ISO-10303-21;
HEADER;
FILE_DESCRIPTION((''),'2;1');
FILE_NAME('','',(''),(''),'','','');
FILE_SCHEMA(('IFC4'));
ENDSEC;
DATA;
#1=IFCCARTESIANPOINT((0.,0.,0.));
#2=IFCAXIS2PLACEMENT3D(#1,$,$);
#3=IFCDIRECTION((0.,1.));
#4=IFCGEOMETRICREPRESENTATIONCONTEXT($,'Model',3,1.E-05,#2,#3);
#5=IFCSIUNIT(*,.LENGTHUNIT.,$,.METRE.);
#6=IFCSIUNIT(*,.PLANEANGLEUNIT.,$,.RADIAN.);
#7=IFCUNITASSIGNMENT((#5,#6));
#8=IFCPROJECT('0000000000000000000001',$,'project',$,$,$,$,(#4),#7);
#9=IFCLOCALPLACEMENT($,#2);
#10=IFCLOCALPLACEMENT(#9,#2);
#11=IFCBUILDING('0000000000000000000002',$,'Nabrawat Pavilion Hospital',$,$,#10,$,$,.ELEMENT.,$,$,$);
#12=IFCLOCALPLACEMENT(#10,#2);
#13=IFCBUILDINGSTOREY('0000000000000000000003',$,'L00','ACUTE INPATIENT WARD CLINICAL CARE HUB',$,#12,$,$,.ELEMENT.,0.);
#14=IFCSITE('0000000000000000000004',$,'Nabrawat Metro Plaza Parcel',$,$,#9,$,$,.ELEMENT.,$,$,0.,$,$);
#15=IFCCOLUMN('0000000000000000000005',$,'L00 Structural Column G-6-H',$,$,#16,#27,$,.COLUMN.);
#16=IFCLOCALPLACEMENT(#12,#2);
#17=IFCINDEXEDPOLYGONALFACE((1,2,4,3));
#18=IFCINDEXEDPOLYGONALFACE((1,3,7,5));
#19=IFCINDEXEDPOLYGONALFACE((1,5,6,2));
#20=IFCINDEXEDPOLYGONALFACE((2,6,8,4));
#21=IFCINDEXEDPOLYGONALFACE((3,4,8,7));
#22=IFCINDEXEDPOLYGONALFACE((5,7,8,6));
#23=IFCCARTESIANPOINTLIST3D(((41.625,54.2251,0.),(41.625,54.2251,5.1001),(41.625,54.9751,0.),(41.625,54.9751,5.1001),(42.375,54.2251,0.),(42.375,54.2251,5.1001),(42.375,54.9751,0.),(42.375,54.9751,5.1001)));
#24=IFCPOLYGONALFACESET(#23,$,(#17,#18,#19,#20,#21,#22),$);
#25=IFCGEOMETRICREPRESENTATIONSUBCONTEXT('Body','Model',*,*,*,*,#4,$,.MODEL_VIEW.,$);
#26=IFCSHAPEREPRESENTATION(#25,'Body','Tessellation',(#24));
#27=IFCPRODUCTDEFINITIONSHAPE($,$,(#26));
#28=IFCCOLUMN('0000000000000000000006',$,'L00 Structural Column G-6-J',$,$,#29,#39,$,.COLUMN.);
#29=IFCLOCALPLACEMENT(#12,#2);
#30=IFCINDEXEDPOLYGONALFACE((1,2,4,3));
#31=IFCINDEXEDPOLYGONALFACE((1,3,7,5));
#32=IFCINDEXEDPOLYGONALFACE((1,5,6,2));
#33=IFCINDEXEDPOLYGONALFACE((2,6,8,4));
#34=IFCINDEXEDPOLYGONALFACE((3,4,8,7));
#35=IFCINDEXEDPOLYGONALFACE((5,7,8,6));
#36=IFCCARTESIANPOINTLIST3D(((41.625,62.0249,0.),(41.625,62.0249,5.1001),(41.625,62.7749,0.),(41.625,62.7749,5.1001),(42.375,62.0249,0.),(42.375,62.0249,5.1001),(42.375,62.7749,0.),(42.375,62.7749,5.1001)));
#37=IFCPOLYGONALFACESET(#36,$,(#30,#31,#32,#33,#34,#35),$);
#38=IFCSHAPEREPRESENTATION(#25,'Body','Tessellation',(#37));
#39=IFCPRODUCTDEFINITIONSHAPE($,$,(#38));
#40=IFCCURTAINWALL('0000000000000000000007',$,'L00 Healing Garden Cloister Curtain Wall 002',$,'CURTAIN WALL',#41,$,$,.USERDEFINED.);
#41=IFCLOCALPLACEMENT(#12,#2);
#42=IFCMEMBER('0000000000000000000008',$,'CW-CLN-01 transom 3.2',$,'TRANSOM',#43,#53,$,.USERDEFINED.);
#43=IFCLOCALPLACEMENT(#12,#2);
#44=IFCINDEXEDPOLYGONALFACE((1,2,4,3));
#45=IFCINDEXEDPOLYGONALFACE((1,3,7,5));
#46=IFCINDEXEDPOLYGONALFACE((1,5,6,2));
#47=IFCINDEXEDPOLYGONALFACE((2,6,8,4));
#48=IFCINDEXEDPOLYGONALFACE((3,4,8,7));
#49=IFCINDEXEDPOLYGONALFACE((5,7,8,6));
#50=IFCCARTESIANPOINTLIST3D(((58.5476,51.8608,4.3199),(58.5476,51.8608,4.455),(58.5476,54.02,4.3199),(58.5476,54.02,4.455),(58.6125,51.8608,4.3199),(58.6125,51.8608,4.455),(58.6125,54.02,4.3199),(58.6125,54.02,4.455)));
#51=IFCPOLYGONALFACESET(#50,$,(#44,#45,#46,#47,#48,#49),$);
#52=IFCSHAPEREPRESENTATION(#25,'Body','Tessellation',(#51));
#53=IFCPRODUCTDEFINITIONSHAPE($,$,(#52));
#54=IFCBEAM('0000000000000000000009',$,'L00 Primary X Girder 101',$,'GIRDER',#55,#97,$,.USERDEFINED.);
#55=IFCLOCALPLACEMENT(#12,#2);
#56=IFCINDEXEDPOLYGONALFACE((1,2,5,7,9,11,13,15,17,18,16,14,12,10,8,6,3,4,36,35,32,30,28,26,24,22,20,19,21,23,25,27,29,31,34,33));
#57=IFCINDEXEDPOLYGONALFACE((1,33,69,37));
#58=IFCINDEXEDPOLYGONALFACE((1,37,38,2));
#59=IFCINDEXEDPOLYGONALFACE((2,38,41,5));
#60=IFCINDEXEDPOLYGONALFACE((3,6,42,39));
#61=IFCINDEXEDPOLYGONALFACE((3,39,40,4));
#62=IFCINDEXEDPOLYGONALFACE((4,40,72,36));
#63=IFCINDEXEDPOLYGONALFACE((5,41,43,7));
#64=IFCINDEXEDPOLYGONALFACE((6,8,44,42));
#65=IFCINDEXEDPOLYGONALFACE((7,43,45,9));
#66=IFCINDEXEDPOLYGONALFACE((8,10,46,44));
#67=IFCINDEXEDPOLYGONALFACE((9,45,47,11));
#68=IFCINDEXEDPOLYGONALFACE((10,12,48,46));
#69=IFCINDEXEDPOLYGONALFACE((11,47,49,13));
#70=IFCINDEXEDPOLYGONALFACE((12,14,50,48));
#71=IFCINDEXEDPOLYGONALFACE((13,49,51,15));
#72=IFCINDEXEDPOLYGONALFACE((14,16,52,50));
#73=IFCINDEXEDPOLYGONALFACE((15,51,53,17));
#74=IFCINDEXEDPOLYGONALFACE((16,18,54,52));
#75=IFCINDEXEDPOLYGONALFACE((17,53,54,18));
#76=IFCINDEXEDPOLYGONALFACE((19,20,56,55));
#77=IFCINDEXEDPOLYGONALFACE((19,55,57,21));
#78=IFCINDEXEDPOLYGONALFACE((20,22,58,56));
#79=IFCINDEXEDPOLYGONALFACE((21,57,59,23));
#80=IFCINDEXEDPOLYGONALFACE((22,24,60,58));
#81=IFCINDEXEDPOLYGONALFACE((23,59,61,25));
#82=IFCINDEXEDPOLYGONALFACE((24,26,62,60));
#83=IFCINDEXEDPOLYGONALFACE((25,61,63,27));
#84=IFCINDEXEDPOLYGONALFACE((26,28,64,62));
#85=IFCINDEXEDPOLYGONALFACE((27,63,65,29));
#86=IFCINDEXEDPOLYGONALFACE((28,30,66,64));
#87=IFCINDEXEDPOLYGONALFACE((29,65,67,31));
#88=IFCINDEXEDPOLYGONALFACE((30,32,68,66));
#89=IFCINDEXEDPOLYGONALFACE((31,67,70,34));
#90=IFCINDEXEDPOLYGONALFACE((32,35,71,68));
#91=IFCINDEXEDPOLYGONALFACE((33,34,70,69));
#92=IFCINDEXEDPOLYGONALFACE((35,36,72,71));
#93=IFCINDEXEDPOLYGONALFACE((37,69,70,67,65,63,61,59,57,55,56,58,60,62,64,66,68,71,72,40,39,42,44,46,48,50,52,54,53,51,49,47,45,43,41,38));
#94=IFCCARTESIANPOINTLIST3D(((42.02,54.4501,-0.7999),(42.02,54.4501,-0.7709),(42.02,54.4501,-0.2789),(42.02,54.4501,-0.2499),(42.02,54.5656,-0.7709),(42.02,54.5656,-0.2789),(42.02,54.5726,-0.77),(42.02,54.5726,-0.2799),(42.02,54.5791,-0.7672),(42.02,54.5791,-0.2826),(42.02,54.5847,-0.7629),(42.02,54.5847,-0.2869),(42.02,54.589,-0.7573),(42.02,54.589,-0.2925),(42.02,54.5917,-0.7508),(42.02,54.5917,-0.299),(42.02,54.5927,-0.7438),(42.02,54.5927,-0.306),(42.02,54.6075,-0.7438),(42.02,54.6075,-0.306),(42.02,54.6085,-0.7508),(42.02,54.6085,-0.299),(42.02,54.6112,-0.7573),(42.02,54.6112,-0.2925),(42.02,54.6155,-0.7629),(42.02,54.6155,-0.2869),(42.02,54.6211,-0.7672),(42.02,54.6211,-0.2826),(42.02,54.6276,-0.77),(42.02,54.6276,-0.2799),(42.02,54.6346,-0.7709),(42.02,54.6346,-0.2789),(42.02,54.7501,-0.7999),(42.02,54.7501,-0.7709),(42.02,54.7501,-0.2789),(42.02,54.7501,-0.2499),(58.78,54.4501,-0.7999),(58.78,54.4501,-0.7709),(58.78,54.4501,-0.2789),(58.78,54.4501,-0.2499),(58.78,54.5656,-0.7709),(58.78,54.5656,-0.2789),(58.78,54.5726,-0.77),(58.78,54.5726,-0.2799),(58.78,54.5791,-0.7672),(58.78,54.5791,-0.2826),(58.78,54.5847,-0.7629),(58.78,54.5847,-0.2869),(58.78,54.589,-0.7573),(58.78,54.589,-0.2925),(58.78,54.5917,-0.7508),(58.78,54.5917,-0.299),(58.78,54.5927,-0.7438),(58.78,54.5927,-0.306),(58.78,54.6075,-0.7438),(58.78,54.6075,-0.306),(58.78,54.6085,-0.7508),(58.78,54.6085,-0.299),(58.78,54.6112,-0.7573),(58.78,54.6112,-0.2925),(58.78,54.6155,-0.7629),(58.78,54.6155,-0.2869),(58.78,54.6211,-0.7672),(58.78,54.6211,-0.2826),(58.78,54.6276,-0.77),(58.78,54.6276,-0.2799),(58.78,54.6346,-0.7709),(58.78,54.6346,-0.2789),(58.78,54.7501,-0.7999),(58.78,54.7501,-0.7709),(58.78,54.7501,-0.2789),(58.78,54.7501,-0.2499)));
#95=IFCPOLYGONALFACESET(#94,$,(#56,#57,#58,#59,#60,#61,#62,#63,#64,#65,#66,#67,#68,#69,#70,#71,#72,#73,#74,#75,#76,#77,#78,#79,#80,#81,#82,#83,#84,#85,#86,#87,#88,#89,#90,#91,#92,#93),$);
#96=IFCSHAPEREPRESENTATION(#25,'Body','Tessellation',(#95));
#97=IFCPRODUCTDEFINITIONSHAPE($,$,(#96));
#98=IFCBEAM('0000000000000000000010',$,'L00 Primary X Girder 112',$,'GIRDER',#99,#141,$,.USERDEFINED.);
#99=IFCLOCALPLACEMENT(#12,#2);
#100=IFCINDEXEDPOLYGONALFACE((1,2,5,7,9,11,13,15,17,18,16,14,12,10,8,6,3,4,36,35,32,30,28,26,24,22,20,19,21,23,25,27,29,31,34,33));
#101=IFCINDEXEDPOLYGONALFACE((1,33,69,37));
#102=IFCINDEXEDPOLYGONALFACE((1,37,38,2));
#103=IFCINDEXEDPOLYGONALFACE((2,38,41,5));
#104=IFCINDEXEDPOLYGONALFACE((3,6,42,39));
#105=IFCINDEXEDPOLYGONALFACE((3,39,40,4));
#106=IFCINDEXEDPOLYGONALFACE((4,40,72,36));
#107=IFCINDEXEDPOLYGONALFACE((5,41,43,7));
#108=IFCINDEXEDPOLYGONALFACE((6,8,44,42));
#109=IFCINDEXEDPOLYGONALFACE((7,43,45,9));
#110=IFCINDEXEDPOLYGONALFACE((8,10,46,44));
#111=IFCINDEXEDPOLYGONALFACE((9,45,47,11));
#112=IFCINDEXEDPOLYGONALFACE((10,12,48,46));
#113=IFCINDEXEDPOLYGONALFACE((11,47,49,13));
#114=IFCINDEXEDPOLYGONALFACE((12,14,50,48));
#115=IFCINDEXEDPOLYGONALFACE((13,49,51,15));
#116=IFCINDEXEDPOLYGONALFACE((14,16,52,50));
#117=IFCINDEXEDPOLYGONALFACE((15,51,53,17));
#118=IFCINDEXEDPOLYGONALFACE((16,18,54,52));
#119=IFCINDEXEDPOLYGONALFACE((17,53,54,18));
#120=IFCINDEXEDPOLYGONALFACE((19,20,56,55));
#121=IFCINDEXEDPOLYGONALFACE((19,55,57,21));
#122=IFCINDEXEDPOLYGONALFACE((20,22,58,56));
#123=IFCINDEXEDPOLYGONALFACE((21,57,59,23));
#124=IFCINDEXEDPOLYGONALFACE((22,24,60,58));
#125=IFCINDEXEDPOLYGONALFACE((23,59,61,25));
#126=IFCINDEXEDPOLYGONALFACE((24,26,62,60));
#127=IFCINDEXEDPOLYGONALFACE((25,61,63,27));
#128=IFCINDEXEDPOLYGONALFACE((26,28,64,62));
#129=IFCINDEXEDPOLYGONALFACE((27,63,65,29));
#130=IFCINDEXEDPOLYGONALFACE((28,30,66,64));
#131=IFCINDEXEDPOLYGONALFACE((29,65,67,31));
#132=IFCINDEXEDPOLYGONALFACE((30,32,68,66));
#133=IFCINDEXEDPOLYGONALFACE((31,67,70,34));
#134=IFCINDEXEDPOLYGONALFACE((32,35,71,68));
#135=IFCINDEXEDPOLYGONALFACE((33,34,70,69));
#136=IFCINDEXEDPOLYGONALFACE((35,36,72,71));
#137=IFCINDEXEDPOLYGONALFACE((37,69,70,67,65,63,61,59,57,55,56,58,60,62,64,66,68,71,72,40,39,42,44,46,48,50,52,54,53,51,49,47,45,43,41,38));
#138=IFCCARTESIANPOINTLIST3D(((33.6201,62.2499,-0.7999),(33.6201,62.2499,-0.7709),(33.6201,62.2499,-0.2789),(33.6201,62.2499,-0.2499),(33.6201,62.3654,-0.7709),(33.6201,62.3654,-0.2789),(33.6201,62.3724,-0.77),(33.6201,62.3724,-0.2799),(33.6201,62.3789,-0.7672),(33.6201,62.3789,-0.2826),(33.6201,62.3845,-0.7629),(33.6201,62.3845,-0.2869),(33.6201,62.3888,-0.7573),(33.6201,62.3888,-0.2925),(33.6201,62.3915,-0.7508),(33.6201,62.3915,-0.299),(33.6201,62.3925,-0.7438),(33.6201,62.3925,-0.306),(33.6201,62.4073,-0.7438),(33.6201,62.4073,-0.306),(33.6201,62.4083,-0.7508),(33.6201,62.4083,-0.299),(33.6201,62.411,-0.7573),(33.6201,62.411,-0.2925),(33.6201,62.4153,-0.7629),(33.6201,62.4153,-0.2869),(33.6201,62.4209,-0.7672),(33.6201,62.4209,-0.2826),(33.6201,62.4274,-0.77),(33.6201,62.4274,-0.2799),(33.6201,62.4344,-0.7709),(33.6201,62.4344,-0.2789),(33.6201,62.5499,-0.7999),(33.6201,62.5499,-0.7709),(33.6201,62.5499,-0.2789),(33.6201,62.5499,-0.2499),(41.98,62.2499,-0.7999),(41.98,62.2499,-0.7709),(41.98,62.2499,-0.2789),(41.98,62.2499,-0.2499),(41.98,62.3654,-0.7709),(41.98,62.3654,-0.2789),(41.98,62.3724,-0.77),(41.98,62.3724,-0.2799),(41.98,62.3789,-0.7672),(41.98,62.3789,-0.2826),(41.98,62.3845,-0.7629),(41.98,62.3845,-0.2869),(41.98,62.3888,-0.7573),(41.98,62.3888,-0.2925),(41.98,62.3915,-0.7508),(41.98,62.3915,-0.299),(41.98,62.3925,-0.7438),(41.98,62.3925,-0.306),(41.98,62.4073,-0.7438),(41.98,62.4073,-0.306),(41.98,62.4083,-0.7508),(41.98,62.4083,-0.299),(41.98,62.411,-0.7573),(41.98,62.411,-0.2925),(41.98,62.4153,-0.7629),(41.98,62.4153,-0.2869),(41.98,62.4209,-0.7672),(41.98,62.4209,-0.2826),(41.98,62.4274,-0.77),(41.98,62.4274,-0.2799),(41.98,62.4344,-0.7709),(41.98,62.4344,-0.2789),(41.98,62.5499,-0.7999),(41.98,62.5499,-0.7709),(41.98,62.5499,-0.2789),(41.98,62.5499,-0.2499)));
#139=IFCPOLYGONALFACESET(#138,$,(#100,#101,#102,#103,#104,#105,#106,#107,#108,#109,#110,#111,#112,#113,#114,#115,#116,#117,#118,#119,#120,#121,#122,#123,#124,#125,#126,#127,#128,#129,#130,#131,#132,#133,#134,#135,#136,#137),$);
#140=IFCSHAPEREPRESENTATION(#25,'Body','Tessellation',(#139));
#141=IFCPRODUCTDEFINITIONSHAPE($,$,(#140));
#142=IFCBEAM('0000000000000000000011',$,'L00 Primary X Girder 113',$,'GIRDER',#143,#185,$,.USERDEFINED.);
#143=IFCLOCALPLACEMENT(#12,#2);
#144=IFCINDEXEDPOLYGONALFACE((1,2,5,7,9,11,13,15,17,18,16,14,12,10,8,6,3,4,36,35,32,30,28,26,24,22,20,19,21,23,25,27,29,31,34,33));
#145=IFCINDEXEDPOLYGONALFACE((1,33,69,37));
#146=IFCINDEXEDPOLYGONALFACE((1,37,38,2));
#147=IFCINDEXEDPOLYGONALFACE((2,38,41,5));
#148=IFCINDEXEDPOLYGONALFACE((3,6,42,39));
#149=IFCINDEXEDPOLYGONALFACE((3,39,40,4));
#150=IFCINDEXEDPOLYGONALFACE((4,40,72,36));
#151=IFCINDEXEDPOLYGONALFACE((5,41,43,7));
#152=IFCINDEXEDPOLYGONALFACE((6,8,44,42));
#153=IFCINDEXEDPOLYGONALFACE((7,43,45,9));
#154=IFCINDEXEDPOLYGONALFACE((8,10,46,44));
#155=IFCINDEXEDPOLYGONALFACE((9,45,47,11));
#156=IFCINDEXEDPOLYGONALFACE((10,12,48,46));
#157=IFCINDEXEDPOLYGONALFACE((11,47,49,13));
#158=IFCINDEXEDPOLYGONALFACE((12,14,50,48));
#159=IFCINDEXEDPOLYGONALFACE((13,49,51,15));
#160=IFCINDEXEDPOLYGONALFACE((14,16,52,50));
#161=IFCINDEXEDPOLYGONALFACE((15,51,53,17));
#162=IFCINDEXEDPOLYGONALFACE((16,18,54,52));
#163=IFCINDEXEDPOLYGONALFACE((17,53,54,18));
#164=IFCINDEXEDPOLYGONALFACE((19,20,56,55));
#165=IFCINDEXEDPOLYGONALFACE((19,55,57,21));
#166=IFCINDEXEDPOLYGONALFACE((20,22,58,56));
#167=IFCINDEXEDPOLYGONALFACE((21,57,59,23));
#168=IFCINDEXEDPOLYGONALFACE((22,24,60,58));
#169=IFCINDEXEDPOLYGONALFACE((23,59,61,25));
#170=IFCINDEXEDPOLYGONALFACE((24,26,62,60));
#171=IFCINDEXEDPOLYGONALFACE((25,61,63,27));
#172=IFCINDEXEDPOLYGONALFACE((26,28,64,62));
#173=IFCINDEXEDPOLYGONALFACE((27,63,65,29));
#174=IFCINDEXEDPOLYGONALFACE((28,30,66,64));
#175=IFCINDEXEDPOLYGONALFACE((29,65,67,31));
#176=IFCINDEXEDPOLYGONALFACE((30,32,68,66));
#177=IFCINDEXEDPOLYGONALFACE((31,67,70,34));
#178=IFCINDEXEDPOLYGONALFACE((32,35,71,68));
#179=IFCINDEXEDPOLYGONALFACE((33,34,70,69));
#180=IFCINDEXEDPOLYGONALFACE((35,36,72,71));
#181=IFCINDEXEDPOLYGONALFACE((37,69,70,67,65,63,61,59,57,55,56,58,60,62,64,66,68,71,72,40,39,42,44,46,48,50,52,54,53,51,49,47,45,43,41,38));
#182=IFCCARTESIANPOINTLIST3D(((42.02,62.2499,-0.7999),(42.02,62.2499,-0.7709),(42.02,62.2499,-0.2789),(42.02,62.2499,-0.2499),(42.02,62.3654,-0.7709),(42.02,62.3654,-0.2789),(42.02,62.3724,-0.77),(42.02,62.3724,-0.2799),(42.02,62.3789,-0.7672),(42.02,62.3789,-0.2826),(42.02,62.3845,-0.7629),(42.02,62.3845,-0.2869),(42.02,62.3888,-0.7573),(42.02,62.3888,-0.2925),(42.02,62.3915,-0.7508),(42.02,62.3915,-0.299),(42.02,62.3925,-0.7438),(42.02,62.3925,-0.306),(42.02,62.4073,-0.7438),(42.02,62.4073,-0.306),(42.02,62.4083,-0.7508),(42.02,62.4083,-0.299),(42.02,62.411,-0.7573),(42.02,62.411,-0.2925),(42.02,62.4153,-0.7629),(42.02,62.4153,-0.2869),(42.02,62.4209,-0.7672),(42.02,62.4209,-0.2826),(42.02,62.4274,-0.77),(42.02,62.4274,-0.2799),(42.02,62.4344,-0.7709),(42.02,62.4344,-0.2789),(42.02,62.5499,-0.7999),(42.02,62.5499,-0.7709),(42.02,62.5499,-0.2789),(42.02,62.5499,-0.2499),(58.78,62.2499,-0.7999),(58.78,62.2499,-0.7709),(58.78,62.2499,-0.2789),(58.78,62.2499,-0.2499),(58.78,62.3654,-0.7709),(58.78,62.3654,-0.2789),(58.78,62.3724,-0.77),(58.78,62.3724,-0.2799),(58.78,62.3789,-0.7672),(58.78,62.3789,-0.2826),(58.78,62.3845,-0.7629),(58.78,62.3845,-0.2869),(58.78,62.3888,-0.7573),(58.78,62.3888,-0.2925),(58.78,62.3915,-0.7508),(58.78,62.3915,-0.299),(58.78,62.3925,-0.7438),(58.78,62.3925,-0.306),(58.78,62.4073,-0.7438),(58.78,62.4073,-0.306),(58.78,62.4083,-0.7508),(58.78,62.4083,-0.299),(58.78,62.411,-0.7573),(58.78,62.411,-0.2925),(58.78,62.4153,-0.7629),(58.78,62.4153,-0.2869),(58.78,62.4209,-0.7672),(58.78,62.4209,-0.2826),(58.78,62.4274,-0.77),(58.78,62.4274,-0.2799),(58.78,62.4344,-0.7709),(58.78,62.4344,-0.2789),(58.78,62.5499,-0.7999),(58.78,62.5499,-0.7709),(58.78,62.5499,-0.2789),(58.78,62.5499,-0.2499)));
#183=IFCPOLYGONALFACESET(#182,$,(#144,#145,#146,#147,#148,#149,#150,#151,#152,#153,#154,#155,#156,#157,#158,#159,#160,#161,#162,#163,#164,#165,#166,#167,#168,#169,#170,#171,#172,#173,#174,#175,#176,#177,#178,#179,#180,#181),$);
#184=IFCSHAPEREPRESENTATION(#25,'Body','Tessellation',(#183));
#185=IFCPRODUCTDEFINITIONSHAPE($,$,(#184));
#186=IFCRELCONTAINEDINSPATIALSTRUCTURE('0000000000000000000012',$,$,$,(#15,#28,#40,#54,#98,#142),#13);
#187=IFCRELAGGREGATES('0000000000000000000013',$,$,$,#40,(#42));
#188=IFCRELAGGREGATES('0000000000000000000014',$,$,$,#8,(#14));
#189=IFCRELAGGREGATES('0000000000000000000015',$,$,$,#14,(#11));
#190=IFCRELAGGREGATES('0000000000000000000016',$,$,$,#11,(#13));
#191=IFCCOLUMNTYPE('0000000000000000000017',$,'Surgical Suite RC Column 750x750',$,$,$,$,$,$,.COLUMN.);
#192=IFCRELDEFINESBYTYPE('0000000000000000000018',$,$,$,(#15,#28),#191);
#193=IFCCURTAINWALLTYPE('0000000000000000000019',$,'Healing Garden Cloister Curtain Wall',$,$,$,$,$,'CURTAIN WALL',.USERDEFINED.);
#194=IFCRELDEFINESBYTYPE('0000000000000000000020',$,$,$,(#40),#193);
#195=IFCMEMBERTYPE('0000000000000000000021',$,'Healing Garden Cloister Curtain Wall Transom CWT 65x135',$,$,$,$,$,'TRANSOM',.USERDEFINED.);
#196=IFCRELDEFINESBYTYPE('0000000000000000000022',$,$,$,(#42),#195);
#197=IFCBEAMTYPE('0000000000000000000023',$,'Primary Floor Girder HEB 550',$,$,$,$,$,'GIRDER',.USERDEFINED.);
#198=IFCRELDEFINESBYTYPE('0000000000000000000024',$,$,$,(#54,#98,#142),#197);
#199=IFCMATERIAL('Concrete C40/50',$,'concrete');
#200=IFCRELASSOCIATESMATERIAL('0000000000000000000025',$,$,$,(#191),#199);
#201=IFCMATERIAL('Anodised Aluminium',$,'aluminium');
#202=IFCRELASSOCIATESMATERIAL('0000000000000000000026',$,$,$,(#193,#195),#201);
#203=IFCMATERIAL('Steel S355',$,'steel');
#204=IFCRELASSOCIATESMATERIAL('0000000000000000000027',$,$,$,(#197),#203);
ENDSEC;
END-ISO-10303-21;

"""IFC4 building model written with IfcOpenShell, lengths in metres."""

from ifc_helpers import new_model, si_unit, direction, frame, origin, origin_2d, place, context, subcontext, project, spatial, rectangle, i_section, extrude, material, material_profile, profile_set, type_object, element, aggregate, save


model = new_model("IFC4")

# Units and contexts
model_context = context("Model", 3, precision=1e-05, world=origin(), true_north=direction((0.0, 1.0)))
body_context = subcontext(model_context, "Body", "Model", "MODEL_VIEW")
ifc_project = project(units=[si_unit("LENGTHUNIT", "METRE"), si_unit("PLANEANGLEUNIT", "RADIAN")], contexts=[model_context])

# Site, building, storey
site_placement = place(None, origin())
site = spatial("IfcSite", under=ifc_project, at=site_placement, Name="Nabrawat Metro Plaza Parcel", CompositionType="ELEMENT", RefElevation=0.0)
building_placement = place(site_placement, origin())
building = spatial("IfcBuilding", under=site, at=building_placement, Name="Nabrawat Pavilion Hospital", CompositionType="ELEMENT")
storey_placement = place(building_placement, origin())
storey = spatial("IfcBuildingStorey", under=building, at=storey_placement, Name="L00", Description="ACUTE INPATIENT WARD CLINICAL CARE HUB", CompositionType="ELEMENT", Elevation=0.0)

# Columns
ifc_material_1 = material(Name="Concrete C40/50", Category="concrete")
ifc_material_profile_1 = material_profile(ifc_material_1, rectangle(XDim=0.75, YDim=0.75, at=origin_2d()), Name="RC 750x750")
ifc_profile_set_1 = profile_set([ifc_material_profile_1], Name="Concrete C40/50")
column_type = type_object("IfcColumnType", Name="Surgical Suite RC Column 750x750", PredefinedType="COLUMN", material=ifc_profile_set_1)
for number, where, z_axis, x_axis, name in (
    (1, (42.0, 54.6001, 0.0), (0.0, 0.0, 1.0), (1.0, 0.0, 0.0), "L00 Structural Column G-6-H"),
    (2, (42.0, 62.3999, 0.0), (0.0, 0.0, 1.0), (1.0, 0.0, 0.0), "L00 Structural Column G-6-J"),
):
    element("IfcColumn", number, at=place(storey_placement, frame(where, z_axis=z_axis, x_axis=x_axis)), inside=storey, type_object=column_type, Name=name, PredefinedType="COLUMN", context=body_context, shape_type="SweptSolid", body=[
        extrude(rectangle(XDim=0.75, YDim=0.75, at=origin_2d()), origin(), (0.0, 0.0, 1.0), 5.1001),
    ])

# Curtain wall, member
ifc_material_2 = material(Name="Anodised Aluminium", Category="aluminium")
curtain_wall_type = type_object("IfcCurtainWallType", Name="Healing Garden Cloister Curtain Wall", ElementType="CURTAIN WALL", PredefinedType="USERDEFINED", material=ifc_material_2)
curtain_wall_placement = place(storey_placement, origin())
curtain_wall = element("IfcCurtainWall", 3, at=curtain_wall_placement, inside=storey, type_object=curtain_wall_type, Name="L00 Healing Garden Cloister Curtain Wall 002", ObjectType="CURTAIN WALL", PredefinedType="USERDEFINED")
ifc_material_profile_2 = material_profile(ifc_material_2, rectangle(XDim=0.0649, YDim=0.135, at=origin_2d()), Name="CWT 65x135")
ifc_profile_set_2 = profile_set([ifc_material_profile_2], Name="Anodised Aluminium")
member_type = type_object("IfcMemberType", Name="Healing Garden Cloister Curtain Wall Transom CWT 65x135", ElementType="TRANSOM", PredefinedType="USERDEFINED", material=ifc_profile_set_2)
member_placement = place(storey_placement, frame((58.5801, 51.8608, 4.3875), z_axis=(0.0, 1.0, 0.0), x_axis=(-1.0, 0.0, 0.0)))
member = element("IfcMember", 4, at=member_placement, type_object=member_type, Name="CW-CLN-01 transom 3.2", ObjectType="TRANSOM", PredefinedType="USERDEFINED", context=body_context, shape_type="SweptSolid", body=[
    extrude(rectangle(XDim=0.0649, YDim=0.135, at=origin_2d()), origin(), (0.0, 0.0, 1.0), 2.1592),
])
aggregate(curtain_wall, [member])

# Beams
ifc_material_3 = material(Name="Steel S355", Category="steel")
ifc_material_profile_3 = material_profile(ifc_material_3, i_section(OverallWidth=0.3, OverallDepth=0.55, WebThickness=0.0149, FlangeThickness=0.0291, FilletRadius=0.0271, at=origin_2d()), Name="HEB 550")
ifc_profile_set_3 = profile_set([ifc_material_profile_3], Name="Steel S355")
beam_type_1 = type_object("IfcBeamType", Name="Primary Floor Girder HEB 550", ElementType="GIRDER", PredefinedType="USERDEFINED", material=ifc_profile_set_3)
beam_1_placement = place(storey_placement, frame((42.02, 54.6001, -0.5249), z_axis=(1.0, 0.0, 0.0), x_axis=(0.0, 1.0, 0.0)))
element("IfcBeam", 5, at=beam_1_placement, inside=storey, type_object=beam_type_1, Name="L00 Primary X Girder 101", ObjectType="GIRDER", PredefinedType="USERDEFINED", context=body_context, shape_type="SweptSolid", body=[
    extrude(i_section(OverallWidth=0.3, OverallDepth=0.55, WebThickness=0.0149, FlangeThickness=0.0291, FilletRadius=0.0271, at=origin_2d()), origin(), (0.0, 0.0, 1.0), 16.76),
])
beam_2_placement = place(storey_placement, frame((33.6201, 62.3999, -0.5249), z_axis=(1.0, 0.0, 0.0), x_axis=(0.0, 1.0, 0.0)))
element("IfcBeam", 6, at=beam_2_placement, inside=storey, type_object=beam_type_1, Name="L00 Primary X Girder 112", ObjectType="GIRDER", PredefinedType="USERDEFINED", context=body_context, shape_type="SweptSolid", body=[
    extrude(i_section(OverallWidth=0.3, OverallDepth=0.55, WebThickness=0.0149, FlangeThickness=0.0291, FilletRadius=0.0271, at=origin_2d()), origin(), (0.0, 0.0, 1.0), 8.3599),
])
beam_3_placement = place(storey_placement, frame((42.02, 62.3999, -0.5249), z_axis=(1.0, 0.0, 0.0), x_axis=(0.0, 1.0, 0.0)))
element("IfcBeam", 7, at=beam_3_placement, inside=storey, type_object=beam_type_1, Name="L00 Primary X Girder 113", ObjectType="GIRDER", PredefinedType="USERDEFINED", context=body_context, shape_type="SweptSolid", body=[
    extrude(i_section(OverallWidth=0.3, OverallDepth=0.55, WebThickness=0.0149, FlangeThickness=0.0291, FilletRadius=0.0271, at=origin_2d()), origin(), (0.0, 0.0, 1.0), 16.76),
])

save(model, "model.ifc")
